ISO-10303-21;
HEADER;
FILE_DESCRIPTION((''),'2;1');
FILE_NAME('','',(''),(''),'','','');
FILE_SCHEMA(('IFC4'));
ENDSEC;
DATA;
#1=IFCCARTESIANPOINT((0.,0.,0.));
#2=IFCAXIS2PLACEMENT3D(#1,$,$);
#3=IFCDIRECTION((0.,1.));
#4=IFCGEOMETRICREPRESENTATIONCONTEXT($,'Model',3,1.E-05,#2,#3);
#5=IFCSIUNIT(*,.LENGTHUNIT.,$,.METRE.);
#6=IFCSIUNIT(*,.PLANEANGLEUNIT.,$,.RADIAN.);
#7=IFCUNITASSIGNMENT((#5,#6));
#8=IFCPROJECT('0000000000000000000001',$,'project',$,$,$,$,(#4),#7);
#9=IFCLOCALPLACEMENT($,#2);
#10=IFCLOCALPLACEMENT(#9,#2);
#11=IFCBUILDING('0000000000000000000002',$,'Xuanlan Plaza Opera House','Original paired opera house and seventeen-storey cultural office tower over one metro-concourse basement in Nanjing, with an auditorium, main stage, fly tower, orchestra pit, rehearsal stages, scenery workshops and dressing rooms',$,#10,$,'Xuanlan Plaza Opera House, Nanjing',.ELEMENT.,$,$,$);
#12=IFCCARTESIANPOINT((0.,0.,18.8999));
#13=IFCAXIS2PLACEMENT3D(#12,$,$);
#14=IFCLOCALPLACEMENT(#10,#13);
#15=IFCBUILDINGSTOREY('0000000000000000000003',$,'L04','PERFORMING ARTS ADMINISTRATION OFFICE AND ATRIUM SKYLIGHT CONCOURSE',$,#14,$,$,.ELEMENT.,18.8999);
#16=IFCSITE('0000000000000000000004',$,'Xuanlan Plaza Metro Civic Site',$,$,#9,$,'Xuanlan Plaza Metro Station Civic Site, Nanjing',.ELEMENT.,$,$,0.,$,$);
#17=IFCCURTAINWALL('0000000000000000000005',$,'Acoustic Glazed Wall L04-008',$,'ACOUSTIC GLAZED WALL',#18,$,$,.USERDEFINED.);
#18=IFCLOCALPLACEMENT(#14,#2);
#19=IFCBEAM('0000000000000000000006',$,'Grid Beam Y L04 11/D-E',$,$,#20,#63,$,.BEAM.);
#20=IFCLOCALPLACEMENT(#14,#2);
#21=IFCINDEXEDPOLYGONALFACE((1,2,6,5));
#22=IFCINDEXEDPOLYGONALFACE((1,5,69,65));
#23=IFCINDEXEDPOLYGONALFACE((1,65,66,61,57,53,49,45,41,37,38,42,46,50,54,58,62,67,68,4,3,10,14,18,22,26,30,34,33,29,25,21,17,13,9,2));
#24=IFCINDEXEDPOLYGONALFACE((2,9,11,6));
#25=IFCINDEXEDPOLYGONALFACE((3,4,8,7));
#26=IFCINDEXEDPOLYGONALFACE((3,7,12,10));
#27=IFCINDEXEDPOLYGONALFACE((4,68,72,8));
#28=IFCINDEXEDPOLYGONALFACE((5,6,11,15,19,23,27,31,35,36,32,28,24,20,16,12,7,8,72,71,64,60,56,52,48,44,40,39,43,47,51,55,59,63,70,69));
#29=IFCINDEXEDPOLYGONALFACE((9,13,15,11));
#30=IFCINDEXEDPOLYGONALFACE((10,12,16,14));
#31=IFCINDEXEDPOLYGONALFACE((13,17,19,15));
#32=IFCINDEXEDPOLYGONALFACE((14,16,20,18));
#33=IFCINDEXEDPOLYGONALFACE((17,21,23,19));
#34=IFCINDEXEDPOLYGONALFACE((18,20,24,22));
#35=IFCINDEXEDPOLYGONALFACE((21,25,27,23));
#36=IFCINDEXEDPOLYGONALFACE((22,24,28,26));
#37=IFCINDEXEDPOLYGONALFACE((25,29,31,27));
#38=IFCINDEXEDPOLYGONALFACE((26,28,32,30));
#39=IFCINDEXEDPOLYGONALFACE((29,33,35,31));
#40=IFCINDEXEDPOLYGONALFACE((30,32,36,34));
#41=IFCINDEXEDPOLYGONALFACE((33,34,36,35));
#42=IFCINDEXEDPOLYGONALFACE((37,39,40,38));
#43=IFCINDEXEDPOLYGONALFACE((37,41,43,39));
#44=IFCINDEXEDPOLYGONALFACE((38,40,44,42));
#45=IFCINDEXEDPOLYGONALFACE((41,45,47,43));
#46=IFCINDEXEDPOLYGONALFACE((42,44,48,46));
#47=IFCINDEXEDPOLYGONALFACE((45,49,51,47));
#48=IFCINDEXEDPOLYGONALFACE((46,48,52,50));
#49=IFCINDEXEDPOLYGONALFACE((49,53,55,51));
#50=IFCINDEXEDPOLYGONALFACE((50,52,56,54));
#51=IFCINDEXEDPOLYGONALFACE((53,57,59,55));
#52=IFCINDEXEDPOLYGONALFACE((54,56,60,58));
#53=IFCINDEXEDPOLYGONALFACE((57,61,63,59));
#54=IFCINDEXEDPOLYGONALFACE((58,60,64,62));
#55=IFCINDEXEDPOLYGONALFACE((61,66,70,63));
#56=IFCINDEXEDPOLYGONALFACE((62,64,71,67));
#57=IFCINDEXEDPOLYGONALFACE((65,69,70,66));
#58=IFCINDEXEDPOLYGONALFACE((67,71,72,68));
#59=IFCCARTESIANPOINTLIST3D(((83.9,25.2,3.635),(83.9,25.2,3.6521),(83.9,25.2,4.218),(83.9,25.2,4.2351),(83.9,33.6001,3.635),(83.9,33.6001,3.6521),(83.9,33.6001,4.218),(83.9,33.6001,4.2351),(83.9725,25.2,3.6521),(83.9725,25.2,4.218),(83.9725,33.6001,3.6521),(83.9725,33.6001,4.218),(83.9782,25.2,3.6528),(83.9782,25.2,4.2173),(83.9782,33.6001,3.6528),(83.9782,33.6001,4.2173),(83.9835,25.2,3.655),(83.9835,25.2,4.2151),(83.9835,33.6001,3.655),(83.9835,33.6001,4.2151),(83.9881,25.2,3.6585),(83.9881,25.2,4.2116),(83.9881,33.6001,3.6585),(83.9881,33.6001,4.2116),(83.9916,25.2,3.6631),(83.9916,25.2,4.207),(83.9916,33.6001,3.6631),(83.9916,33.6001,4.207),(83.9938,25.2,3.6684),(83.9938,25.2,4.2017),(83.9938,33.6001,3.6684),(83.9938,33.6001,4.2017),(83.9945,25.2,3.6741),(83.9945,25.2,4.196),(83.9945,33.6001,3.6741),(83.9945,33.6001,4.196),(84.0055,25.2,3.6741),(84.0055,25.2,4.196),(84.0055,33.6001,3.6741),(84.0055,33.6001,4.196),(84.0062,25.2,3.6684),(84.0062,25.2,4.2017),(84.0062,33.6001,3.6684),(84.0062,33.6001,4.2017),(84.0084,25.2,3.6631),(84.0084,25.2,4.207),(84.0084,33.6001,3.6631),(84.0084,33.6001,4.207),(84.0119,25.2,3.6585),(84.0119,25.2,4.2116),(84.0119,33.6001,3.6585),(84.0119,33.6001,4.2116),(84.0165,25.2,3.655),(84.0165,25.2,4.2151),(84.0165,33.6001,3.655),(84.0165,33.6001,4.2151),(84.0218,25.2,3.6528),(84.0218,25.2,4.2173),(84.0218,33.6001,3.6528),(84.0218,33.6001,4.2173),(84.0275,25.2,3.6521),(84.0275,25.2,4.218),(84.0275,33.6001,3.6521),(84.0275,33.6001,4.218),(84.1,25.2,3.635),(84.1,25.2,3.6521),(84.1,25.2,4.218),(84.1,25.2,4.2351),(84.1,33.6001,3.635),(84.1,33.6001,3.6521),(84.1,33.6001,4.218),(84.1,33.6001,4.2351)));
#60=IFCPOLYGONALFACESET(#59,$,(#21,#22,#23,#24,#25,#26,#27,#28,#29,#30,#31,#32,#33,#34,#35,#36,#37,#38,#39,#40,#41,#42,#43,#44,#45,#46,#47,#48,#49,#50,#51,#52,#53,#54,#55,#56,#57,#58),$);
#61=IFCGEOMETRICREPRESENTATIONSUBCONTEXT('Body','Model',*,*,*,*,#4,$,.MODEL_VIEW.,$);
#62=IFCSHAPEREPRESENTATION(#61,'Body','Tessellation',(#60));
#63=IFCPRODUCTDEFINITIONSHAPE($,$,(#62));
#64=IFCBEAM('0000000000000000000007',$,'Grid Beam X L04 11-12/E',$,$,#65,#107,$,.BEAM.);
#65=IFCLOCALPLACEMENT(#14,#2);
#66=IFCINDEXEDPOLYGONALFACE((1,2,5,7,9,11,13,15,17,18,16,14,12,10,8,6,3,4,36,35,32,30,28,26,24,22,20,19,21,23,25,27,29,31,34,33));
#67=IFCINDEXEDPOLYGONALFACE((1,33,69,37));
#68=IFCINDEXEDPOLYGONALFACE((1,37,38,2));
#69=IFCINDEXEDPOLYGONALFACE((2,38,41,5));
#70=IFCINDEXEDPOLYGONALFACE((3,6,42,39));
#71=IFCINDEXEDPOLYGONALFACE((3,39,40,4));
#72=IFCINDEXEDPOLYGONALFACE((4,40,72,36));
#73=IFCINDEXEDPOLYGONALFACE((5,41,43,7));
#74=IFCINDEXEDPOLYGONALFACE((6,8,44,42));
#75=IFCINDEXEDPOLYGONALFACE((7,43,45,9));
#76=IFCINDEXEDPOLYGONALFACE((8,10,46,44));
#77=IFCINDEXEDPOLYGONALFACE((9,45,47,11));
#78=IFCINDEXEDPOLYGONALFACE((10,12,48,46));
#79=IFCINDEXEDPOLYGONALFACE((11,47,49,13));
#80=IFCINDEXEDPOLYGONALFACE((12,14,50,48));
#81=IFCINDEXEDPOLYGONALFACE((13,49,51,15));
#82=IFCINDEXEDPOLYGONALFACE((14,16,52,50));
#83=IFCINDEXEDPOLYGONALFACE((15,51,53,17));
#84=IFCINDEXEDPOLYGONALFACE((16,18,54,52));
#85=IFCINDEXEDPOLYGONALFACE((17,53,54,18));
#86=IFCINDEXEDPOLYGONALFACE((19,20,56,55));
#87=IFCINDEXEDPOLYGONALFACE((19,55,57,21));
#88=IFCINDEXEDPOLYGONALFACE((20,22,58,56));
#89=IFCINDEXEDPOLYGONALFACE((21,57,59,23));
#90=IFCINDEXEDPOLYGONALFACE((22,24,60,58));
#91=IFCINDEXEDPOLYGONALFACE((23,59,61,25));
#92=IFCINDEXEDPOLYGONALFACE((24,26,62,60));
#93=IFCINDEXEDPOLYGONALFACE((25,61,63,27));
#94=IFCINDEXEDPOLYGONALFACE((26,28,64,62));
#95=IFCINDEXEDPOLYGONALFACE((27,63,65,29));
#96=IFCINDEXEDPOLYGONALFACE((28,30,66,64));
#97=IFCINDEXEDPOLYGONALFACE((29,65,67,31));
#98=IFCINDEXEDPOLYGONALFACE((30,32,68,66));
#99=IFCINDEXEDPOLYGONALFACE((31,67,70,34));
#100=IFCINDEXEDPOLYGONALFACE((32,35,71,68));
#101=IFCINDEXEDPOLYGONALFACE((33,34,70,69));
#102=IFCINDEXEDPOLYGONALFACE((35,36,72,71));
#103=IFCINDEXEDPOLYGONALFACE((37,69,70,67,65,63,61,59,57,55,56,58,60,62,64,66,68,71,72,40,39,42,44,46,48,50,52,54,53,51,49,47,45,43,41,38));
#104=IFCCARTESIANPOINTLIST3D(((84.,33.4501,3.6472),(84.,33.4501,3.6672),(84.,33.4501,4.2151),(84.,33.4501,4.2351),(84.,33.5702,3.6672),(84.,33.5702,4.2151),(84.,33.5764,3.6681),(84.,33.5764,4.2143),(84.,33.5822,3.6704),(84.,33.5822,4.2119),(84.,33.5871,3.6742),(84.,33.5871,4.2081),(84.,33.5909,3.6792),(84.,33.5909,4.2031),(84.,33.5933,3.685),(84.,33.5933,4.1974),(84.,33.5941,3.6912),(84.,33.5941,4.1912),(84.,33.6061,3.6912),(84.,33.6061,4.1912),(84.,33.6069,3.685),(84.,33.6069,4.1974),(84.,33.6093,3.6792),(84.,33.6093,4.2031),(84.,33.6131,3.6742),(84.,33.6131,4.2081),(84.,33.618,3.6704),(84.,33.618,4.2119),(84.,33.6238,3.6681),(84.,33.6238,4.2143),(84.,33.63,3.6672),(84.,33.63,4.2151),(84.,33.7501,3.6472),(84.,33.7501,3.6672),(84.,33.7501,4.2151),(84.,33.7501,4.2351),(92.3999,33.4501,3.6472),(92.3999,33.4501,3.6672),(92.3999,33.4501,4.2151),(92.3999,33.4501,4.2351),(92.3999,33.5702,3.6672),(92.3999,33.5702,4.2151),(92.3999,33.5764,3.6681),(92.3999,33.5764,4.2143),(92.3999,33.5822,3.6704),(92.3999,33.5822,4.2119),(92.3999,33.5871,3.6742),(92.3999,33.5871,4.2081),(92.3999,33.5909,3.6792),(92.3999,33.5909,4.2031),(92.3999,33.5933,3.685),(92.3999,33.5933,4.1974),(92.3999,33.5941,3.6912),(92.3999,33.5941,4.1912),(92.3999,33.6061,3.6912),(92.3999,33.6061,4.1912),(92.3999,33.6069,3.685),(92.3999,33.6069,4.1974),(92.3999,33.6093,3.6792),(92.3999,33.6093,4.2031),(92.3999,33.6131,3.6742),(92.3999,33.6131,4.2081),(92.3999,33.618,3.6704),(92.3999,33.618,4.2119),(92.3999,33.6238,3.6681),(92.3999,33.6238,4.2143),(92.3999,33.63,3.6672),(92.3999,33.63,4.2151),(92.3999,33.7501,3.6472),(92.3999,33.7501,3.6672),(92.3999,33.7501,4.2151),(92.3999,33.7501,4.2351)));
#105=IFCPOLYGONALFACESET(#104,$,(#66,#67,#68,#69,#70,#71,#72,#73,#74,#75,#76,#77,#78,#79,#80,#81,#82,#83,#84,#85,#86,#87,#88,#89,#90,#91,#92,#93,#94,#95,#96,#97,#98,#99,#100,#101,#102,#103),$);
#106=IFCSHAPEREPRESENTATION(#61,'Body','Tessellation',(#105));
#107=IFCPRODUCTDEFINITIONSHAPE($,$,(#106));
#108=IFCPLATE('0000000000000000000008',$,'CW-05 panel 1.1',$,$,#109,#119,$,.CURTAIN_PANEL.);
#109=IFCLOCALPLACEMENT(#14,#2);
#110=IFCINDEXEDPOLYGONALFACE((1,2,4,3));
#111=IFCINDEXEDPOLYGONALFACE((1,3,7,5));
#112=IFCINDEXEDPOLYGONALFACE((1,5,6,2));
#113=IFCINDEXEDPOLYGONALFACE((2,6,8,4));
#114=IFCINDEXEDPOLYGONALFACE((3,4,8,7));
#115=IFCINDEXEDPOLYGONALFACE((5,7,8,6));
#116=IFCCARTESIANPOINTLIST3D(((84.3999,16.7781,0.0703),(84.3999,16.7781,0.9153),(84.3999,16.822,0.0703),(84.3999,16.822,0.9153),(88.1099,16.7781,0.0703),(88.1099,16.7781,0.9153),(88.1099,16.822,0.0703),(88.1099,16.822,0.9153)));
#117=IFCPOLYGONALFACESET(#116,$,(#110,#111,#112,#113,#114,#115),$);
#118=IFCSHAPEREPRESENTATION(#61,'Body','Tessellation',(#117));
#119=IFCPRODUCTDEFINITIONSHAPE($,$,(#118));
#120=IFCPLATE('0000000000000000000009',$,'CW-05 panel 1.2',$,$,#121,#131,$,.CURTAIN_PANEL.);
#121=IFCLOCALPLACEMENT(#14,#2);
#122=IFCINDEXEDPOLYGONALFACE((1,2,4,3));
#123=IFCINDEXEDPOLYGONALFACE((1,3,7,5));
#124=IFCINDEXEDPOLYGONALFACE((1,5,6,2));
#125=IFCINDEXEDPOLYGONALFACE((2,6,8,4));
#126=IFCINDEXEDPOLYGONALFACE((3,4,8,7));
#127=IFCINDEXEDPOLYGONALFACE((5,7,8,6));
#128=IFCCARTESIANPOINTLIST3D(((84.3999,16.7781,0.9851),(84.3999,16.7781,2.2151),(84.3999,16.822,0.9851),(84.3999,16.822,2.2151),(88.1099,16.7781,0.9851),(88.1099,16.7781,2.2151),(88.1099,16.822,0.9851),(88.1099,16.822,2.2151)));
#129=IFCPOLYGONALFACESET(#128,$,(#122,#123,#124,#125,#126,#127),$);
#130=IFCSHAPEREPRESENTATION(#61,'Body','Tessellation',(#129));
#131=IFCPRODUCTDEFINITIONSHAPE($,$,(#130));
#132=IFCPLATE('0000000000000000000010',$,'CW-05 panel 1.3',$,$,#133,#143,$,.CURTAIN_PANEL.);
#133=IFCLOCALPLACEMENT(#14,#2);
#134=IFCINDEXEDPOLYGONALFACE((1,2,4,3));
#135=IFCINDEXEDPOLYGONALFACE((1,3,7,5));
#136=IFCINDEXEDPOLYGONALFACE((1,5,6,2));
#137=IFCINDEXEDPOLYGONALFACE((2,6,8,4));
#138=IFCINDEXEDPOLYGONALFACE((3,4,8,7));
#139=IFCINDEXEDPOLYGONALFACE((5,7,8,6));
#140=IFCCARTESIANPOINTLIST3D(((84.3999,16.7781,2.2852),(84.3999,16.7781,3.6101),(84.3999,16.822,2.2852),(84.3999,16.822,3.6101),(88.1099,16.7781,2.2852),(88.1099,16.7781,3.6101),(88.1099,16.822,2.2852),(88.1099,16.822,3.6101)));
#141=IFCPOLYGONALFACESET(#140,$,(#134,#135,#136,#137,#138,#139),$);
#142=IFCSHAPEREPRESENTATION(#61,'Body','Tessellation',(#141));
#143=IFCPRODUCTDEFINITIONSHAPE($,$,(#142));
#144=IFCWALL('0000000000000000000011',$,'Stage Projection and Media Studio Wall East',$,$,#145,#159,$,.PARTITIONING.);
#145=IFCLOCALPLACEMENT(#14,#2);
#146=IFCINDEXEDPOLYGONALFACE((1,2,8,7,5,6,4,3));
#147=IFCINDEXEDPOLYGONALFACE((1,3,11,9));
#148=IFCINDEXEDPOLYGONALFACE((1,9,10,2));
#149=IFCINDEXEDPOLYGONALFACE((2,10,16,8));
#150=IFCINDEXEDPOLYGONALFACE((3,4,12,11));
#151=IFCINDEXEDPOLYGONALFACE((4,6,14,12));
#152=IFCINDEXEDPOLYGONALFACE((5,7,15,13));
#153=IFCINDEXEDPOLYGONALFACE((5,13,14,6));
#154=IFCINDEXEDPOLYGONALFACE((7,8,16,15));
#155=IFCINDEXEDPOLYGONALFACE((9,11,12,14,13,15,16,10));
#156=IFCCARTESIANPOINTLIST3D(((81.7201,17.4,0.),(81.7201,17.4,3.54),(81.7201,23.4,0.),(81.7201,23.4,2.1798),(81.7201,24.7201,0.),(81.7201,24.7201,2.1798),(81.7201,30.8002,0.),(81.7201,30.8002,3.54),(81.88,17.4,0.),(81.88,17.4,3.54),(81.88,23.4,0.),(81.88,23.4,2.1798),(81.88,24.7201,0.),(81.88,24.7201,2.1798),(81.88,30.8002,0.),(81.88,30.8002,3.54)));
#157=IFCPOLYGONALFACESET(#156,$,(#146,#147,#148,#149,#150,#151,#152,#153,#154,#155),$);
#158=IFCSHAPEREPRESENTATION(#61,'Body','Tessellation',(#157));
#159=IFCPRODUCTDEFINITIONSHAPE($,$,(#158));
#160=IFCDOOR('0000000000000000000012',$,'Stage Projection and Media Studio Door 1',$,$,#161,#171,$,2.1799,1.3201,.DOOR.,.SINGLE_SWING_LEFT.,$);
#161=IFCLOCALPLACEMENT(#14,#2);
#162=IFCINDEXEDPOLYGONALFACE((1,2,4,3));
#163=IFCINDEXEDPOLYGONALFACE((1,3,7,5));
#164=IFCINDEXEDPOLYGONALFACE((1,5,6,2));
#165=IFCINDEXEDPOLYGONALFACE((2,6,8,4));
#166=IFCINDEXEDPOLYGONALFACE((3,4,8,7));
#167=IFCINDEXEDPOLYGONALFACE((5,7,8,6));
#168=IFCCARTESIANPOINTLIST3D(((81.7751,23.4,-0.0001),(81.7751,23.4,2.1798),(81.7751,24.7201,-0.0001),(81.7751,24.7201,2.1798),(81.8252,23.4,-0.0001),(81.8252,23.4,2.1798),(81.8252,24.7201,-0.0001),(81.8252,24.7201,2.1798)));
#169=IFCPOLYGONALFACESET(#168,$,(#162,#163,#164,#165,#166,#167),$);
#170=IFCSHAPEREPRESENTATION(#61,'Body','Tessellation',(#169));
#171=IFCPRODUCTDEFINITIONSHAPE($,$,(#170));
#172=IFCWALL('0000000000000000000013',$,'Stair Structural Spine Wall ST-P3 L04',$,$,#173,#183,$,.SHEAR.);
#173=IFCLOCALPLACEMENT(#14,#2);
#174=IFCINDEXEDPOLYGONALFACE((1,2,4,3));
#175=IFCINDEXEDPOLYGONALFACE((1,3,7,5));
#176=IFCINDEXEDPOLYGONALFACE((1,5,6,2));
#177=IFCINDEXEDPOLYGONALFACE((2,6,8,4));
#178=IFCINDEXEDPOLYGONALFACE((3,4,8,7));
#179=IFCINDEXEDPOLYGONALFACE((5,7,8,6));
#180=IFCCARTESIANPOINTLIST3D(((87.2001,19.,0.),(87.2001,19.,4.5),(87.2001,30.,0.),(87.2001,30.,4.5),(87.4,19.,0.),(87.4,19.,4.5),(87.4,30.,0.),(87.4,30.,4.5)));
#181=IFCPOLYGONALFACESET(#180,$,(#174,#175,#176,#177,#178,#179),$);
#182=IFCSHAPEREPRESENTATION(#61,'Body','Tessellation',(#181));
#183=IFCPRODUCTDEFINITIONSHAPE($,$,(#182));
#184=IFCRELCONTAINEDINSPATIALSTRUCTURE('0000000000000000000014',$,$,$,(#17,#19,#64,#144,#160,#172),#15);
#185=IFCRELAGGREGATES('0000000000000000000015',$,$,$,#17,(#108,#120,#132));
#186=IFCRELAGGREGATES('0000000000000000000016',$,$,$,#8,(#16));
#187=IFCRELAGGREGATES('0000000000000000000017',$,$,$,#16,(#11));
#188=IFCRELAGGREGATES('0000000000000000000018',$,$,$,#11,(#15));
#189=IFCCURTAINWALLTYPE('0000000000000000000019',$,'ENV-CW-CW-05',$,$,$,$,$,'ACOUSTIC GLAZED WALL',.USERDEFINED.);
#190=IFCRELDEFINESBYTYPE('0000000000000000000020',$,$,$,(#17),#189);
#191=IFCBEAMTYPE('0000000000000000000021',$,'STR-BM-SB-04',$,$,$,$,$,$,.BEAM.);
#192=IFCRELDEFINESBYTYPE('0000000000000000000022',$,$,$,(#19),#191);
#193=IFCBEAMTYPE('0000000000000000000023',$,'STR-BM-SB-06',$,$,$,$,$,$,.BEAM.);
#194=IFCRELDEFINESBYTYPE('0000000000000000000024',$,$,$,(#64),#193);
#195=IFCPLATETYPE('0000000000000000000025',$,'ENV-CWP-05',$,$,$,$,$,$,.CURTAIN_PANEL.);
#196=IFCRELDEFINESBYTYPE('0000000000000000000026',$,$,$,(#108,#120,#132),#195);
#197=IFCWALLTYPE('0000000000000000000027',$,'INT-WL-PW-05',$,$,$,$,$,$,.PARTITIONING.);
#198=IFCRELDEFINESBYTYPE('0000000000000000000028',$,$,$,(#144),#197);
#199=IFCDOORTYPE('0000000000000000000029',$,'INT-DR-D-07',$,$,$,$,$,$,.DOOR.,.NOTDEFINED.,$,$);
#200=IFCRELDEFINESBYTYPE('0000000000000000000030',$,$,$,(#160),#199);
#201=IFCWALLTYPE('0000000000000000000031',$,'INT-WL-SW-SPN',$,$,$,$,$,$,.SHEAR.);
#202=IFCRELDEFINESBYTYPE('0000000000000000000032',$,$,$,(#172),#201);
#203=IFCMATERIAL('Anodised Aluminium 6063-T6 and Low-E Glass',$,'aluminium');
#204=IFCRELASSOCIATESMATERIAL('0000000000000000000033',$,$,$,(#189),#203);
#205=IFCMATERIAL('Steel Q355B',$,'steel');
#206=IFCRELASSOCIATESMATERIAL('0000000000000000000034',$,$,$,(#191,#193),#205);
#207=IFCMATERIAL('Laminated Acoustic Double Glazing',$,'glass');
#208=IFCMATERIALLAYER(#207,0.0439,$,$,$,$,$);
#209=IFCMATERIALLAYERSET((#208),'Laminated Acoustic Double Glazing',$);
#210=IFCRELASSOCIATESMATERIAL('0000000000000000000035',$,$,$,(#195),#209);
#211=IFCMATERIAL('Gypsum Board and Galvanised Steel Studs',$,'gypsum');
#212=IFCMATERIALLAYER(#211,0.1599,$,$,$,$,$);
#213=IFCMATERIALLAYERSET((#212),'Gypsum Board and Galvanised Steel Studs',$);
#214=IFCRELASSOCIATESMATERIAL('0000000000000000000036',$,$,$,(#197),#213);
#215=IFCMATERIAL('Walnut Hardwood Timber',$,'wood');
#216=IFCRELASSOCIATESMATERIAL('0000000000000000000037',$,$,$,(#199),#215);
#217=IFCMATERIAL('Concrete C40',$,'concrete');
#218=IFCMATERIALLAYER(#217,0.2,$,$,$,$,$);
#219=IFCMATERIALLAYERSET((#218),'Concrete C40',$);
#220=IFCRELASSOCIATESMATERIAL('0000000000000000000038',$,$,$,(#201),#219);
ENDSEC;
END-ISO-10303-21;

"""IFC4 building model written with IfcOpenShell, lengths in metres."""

from ifc_helpers import new_model, si_unit, direction, frame, frame_2d, origin, origin_2d, place, context, subcontext, project, spatial, rectangle, i_section, extrude, material, layer, layer_set, material_profile, profile_set, type_object, element, fill, aggregate, save


model = new_model("IFC4")

# Units and contexts
model_context = context("Model", 3, precision=1e-05, world=origin(), true_north=direction((0.0, 1.0)))
body_context = subcontext(model_context, "Body", "Model", "MODEL_VIEW")
ifc_project = project(units=[si_unit("LENGTHUNIT", "METRE"), si_unit("PLANEANGLEUNIT", "RADIAN")], contexts=[model_context])

# Site, building, storey
site_placement = place(None, origin())
site = spatial("IfcSite", under=ifc_project, at=site_placement, Name="Xuanlan Plaza Metro Civic Site", LongName="Xuanlan Plaza Metro Station Civic Site, Nanjing", CompositionType="ELEMENT", RefElevation=0.0)
building_placement = place(site_placement, origin())
building = spatial("IfcBuilding", under=site, at=building_placement, Name="Xuanlan Plaza Opera House", Description="Original paired opera house and seventeen-storey cultural office tower over one metro-concourse basement in Nanjing, with an auditorium, main stage, fly tower, orchestra pit, rehearsal stages, scenery workshops and dressing rooms", LongName="Xuanlan Plaza Opera House, Nanjing", CompositionType="ELEMENT")
storey_placement = place(building_placement, frame((0.0, 0.0, 18.8999)))
storey = spatial("IfcBuildingStorey", under=building, at=storey_placement, Name="L04", Description="PERFORMING ARTS ADMINISTRATION OFFICE AND ATRIUM SKYLIGHT CONCOURSE", CompositionType="ELEMENT", Elevation=18.8999)

# Shared definitions
ifc_material_1 = material(Name="Concrete C40", Category="concrete")

# Curtain wall
ifc_material_2 = material(Name="Anodised Aluminium 6063-T6 and Low-E Glass", Category="aluminium")
curtain_wall_type = type_object("IfcCurtainWallType", Name="ENV-CW-CW-05", ElementType="ACOUSTIC GLAZED WALL", PredefinedType="USERDEFINED", material=ifc_material_2)
curtain_wall_placement = place(storey_placement, origin())
curtain_wall = element("IfcCurtainWall", 1, at=curtain_wall_placement, inside=storey, type_object=curtain_wall_type, Name="Acoustic Glazed Wall L04-008", ObjectType="ACOUSTIC GLAZED WALL", PredefinedType="USERDEFINED")

# Beams
ifc_material_3 = material(Name="Steel Q355B", Category="steel")
ifc_material_profile_1 = material_profile(ifc_material_3, i_section(OverallWidth=0.2, OverallDepth=0.6001, WebThickness=0.011, FlangeThickness=0.0171, FilletRadius=0.022, at=origin_2d()), Name="HN 600x200x11x17")
ifc_profile_set_1 = profile_set([ifc_material_profile_1], Name="Steel Q355B")
beam_type_1 = type_object("IfcBeamType", Name="STR-BM-SB-04", PredefinedType="BEAM", material=ifc_profile_set_1)
beam_1_placement = place(storey_placement, frame((84.0, 25.2, 3.9351), z_axis=(0.0, 1.0, 0.0), x_axis=(-1.0, 0.0, 0.0)))
element("IfcBeam", 2, at=beam_1_placement, inside=storey, type_object=beam_type_1, Name="Grid Beam Y L04 11/D-E", PredefinedType="BEAM", context=body_context, shape_type="SweptSolid", body=[
    extrude(i_section(OverallWidth=0.2, OverallDepth=0.6001, WebThickness=0.011, FlangeThickness=0.0171, FilletRadius=0.022, at=origin_2d()), origin(), (0.0, 0.0, 1.0), 8.4001),
])
ifc_material_profile_2 = material_profile(ifc_material_3, i_section(OverallWidth=0.3, OverallDepth=0.5879, WebThickness=0.012, FlangeThickness=0.02, FilletRadius=0.0239, at=origin_2d()), Name="HM 588x300x12x20")
ifc_profile_set_2 = profile_set([ifc_material_profile_2], Name="Steel Q355B")
beam_type_2 = type_object("IfcBeamType", Name="STR-BM-SB-06", PredefinedType="BEAM", material=ifc_profile_set_2)
beam_2_placement = place(storey_placement, frame((84.0, 33.6001, 3.9412), z_axis=(1.0, 0.0, 0.0), x_axis=(0.0, 1.0, 0.0)))
element("IfcBeam", 3, at=beam_2_placement, inside=storey, type_object=beam_type_2, Name="Grid Beam X L04 11-12/E", PredefinedType="BEAM", context=body_context, shape_type="SweptSolid", body=[
    extrude(i_section(OverallWidth=0.3, OverallDepth=0.5879, WebThickness=0.012, FlangeThickness=0.02, FilletRadius=0.0239, at=origin_2d()), origin(), (0.0, 0.0, 1.0), 8.3999),
])

# Plates
ifc_material_4 = material(Name="Laminated Acoustic Double Glazing", Category="glass")
ifc_layer_1 = layer(ifc_material_4, 0.0439)
ifc_layer_set_1 = layer_set([ifc_layer_1], Name="Laminated Acoustic Double Glazing")
plate_type = type_object("IfcPlateType", Name="ENV-CWP-05", PredefinedType="CURTAIN_PANEL", material=ifc_layer_set_1)
plate_1_placement = place(storey_placement, frame((86.2549, 16.8, 0.0703), z_axis=(0.0, 0.0, 1.0), x_axis=(1.0, 0.0, 0.0)))
plate_1 = element("IfcPlate", 4, at=plate_1_placement, type_object=plate_type, Name="CW-05 panel 1.1", PredefinedType="CURTAIN_PANEL", context=body_context, shape_type="SweptSolid", body=[
    extrude(rectangle(XDim=3.71, YDim=0.0439, at=origin_2d()), origin(), (0.0, 0.0, 1.0), 0.845),
])
plate_2_placement = place(storey_placement, frame((86.2549, 16.8, 0.9851), z_axis=(0.0, 0.0, 1.0), x_axis=(1.0, 0.0, 0.0)))
plate_2 = element("IfcPlate", 5, at=plate_2_placement, type_object=plate_type, Name="CW-05 panel 1.2", PredefinedType="CURTAIN_PANEL", context=body_context, shape_type="SweptSolid", body=[
    extrude(rectangle(XDim=3.71, YDim=0.0439, at=origin_2d()), origin(), (0.0, 0.0, 1.0), 1.23),
])
plate_3_placement = place(storey_placement, frame((86.2549, 16.8, 2.2852), z_axis=(0.0, 0.0, 1.0), x_axis=(1.0, 0.0, 0.0)))
plate_3 = element("IfcPlate", 6, at=plate_3_placement, type_object=plate_type, Name="CW-05 panel 1.3", PredefinedType="CURTAIN_PANEL", context=body_context, shape_type="SweptSolid", body=[
    extrude(rectangle(XDim=3.71, YDim=0.0439, at=origin_2d()), origin(), (0.0, 0.0, 1.0), 1.325),
])
aggregate(curtain_wall, [plate_1, plate_2, plate_3])

# Wall, opening, door
ifc_material_5 = material(Name="Gypsum Board and Galvanised Steel Studs", Category="gypsum")
ifc_layer_2 = layer(ifc_material_5, 0.1599)
ifc_layer_set_2 = layer_set([ifc_layer_2], Name="Gypsum Board and Galvanised Steel Studs")
wall_type_1 = type_object("IfcWallType", Name="INT-WL-PW-05", PredefinedType="PARTITIONING", material=ifc_layer_set_2)
wall_1_placement = place(storey_placement, frame((81.8, 17.3999, 0.0), z_axis=(0.0, 0.0, 1.0), x_axis=(0.0, 1.0, 0.0)))
wall_1 = element("IfcWall", 7, at=wall_1_placement, inside=storey, type_object=wall_type_1, Name="Stage Projection and Media Studio Wall East", PredefinedType="PARTITIONING", context=body_context, shape_type="SweptSolid", body=[
    extrude(rectangle(XDim=13.4001, YDim=0.1599, at=frame_2d((6.7002, 0.0))), origin(), (0.0, 0.0, 1.0), 3.54),
])
opening_1_placement = place(wall_1_placement, frame((6.0, 0.0, 0.0)))
opening_1 = element("IfcOpeningElement", 8, at=opening_1_placement, cuts=wall_1, PredefinedType="OPENING", context=body_context, shape_type="SweptSolid", body=[
    extrude(rectangle(XDim=1.3201, YDim=2.1799, at=frame_2d((0.6602, 1.0898))), frame((0.0, 0.0898, 0.0), z_axis=(0.0, -1.0, 0.0), x_axis=(1.0, 0.0, 0.0)), (0.0, 0.0, 1.0), 0.1799),
])
ifc_material_6 = material(Name="Walnut Hardwood Timber", Category="wood")
door_type_1 = type_object("IfcDoorType", Name="INT-DR-D-07", OperationType="NOTDEFINED", PredefinedType="DOOR", material=ifc_material_6)
door_1_placement = place(opening_1_placement, origin())
door_1 = element("IfcDoor", 9, at=door_1_placement, inside=storey, type_object=door_type_1, Name="Stage Projection and Media Studio Door 1", OperationType="SINGLE_SWING_LEFT", OverallHeight=2.1799, OverallWidth=1.3201, PredefinedType="DOOR", context=body_context, shape_type="SweptSolid", body=[
    extrude(rectangle(XDim=1.3201, YDim=2.1799, at=frame_2d((0.6602, 1.0898))), frame((0.0, 0.0249, 0.0), z_axis=(0.0, -1.0, 0.0), x_axis=(1.0, 0.0, 0.0)), (0.0, 0.0, 1.0), 0.05),
])
fill(opening_1, door_1)

# Wall
ifc_layer_3 = layer(ifc_material_1, 0.2)
ifc_layer_set_3 = layer_set([ifc_layer_3], Name="Concrete C40")
wall_type_2 = type_object("IfcWallType", Name="INT-WL-SW-SPN", PredefinedType="SHEAR", material=ifc_layer_set_3)
wall_2_placement = place(storey_placement, frame((87.3, 19.0, 0.0), z_axis=(0.0, 0.0, 1.0), x_axis=(0.0, 1.0, 0.0)))
element("IfcWall", 10, at=wall_2_placement, inside=storey, type_object=wall_type_2, Name="Stair Structural Spine Wall ST-P3 L04", PredefinedType="SHEAR", context=body_context, shape_type="SweptSolid", body=[
    extrude(rectangle(XDim=11.0, YDim=0.2, at=frame_2d((5.5, 0.0))), origin(), (0.0, 0.0, 1.0), 4.5),
])

save(model, "model.ifc")
